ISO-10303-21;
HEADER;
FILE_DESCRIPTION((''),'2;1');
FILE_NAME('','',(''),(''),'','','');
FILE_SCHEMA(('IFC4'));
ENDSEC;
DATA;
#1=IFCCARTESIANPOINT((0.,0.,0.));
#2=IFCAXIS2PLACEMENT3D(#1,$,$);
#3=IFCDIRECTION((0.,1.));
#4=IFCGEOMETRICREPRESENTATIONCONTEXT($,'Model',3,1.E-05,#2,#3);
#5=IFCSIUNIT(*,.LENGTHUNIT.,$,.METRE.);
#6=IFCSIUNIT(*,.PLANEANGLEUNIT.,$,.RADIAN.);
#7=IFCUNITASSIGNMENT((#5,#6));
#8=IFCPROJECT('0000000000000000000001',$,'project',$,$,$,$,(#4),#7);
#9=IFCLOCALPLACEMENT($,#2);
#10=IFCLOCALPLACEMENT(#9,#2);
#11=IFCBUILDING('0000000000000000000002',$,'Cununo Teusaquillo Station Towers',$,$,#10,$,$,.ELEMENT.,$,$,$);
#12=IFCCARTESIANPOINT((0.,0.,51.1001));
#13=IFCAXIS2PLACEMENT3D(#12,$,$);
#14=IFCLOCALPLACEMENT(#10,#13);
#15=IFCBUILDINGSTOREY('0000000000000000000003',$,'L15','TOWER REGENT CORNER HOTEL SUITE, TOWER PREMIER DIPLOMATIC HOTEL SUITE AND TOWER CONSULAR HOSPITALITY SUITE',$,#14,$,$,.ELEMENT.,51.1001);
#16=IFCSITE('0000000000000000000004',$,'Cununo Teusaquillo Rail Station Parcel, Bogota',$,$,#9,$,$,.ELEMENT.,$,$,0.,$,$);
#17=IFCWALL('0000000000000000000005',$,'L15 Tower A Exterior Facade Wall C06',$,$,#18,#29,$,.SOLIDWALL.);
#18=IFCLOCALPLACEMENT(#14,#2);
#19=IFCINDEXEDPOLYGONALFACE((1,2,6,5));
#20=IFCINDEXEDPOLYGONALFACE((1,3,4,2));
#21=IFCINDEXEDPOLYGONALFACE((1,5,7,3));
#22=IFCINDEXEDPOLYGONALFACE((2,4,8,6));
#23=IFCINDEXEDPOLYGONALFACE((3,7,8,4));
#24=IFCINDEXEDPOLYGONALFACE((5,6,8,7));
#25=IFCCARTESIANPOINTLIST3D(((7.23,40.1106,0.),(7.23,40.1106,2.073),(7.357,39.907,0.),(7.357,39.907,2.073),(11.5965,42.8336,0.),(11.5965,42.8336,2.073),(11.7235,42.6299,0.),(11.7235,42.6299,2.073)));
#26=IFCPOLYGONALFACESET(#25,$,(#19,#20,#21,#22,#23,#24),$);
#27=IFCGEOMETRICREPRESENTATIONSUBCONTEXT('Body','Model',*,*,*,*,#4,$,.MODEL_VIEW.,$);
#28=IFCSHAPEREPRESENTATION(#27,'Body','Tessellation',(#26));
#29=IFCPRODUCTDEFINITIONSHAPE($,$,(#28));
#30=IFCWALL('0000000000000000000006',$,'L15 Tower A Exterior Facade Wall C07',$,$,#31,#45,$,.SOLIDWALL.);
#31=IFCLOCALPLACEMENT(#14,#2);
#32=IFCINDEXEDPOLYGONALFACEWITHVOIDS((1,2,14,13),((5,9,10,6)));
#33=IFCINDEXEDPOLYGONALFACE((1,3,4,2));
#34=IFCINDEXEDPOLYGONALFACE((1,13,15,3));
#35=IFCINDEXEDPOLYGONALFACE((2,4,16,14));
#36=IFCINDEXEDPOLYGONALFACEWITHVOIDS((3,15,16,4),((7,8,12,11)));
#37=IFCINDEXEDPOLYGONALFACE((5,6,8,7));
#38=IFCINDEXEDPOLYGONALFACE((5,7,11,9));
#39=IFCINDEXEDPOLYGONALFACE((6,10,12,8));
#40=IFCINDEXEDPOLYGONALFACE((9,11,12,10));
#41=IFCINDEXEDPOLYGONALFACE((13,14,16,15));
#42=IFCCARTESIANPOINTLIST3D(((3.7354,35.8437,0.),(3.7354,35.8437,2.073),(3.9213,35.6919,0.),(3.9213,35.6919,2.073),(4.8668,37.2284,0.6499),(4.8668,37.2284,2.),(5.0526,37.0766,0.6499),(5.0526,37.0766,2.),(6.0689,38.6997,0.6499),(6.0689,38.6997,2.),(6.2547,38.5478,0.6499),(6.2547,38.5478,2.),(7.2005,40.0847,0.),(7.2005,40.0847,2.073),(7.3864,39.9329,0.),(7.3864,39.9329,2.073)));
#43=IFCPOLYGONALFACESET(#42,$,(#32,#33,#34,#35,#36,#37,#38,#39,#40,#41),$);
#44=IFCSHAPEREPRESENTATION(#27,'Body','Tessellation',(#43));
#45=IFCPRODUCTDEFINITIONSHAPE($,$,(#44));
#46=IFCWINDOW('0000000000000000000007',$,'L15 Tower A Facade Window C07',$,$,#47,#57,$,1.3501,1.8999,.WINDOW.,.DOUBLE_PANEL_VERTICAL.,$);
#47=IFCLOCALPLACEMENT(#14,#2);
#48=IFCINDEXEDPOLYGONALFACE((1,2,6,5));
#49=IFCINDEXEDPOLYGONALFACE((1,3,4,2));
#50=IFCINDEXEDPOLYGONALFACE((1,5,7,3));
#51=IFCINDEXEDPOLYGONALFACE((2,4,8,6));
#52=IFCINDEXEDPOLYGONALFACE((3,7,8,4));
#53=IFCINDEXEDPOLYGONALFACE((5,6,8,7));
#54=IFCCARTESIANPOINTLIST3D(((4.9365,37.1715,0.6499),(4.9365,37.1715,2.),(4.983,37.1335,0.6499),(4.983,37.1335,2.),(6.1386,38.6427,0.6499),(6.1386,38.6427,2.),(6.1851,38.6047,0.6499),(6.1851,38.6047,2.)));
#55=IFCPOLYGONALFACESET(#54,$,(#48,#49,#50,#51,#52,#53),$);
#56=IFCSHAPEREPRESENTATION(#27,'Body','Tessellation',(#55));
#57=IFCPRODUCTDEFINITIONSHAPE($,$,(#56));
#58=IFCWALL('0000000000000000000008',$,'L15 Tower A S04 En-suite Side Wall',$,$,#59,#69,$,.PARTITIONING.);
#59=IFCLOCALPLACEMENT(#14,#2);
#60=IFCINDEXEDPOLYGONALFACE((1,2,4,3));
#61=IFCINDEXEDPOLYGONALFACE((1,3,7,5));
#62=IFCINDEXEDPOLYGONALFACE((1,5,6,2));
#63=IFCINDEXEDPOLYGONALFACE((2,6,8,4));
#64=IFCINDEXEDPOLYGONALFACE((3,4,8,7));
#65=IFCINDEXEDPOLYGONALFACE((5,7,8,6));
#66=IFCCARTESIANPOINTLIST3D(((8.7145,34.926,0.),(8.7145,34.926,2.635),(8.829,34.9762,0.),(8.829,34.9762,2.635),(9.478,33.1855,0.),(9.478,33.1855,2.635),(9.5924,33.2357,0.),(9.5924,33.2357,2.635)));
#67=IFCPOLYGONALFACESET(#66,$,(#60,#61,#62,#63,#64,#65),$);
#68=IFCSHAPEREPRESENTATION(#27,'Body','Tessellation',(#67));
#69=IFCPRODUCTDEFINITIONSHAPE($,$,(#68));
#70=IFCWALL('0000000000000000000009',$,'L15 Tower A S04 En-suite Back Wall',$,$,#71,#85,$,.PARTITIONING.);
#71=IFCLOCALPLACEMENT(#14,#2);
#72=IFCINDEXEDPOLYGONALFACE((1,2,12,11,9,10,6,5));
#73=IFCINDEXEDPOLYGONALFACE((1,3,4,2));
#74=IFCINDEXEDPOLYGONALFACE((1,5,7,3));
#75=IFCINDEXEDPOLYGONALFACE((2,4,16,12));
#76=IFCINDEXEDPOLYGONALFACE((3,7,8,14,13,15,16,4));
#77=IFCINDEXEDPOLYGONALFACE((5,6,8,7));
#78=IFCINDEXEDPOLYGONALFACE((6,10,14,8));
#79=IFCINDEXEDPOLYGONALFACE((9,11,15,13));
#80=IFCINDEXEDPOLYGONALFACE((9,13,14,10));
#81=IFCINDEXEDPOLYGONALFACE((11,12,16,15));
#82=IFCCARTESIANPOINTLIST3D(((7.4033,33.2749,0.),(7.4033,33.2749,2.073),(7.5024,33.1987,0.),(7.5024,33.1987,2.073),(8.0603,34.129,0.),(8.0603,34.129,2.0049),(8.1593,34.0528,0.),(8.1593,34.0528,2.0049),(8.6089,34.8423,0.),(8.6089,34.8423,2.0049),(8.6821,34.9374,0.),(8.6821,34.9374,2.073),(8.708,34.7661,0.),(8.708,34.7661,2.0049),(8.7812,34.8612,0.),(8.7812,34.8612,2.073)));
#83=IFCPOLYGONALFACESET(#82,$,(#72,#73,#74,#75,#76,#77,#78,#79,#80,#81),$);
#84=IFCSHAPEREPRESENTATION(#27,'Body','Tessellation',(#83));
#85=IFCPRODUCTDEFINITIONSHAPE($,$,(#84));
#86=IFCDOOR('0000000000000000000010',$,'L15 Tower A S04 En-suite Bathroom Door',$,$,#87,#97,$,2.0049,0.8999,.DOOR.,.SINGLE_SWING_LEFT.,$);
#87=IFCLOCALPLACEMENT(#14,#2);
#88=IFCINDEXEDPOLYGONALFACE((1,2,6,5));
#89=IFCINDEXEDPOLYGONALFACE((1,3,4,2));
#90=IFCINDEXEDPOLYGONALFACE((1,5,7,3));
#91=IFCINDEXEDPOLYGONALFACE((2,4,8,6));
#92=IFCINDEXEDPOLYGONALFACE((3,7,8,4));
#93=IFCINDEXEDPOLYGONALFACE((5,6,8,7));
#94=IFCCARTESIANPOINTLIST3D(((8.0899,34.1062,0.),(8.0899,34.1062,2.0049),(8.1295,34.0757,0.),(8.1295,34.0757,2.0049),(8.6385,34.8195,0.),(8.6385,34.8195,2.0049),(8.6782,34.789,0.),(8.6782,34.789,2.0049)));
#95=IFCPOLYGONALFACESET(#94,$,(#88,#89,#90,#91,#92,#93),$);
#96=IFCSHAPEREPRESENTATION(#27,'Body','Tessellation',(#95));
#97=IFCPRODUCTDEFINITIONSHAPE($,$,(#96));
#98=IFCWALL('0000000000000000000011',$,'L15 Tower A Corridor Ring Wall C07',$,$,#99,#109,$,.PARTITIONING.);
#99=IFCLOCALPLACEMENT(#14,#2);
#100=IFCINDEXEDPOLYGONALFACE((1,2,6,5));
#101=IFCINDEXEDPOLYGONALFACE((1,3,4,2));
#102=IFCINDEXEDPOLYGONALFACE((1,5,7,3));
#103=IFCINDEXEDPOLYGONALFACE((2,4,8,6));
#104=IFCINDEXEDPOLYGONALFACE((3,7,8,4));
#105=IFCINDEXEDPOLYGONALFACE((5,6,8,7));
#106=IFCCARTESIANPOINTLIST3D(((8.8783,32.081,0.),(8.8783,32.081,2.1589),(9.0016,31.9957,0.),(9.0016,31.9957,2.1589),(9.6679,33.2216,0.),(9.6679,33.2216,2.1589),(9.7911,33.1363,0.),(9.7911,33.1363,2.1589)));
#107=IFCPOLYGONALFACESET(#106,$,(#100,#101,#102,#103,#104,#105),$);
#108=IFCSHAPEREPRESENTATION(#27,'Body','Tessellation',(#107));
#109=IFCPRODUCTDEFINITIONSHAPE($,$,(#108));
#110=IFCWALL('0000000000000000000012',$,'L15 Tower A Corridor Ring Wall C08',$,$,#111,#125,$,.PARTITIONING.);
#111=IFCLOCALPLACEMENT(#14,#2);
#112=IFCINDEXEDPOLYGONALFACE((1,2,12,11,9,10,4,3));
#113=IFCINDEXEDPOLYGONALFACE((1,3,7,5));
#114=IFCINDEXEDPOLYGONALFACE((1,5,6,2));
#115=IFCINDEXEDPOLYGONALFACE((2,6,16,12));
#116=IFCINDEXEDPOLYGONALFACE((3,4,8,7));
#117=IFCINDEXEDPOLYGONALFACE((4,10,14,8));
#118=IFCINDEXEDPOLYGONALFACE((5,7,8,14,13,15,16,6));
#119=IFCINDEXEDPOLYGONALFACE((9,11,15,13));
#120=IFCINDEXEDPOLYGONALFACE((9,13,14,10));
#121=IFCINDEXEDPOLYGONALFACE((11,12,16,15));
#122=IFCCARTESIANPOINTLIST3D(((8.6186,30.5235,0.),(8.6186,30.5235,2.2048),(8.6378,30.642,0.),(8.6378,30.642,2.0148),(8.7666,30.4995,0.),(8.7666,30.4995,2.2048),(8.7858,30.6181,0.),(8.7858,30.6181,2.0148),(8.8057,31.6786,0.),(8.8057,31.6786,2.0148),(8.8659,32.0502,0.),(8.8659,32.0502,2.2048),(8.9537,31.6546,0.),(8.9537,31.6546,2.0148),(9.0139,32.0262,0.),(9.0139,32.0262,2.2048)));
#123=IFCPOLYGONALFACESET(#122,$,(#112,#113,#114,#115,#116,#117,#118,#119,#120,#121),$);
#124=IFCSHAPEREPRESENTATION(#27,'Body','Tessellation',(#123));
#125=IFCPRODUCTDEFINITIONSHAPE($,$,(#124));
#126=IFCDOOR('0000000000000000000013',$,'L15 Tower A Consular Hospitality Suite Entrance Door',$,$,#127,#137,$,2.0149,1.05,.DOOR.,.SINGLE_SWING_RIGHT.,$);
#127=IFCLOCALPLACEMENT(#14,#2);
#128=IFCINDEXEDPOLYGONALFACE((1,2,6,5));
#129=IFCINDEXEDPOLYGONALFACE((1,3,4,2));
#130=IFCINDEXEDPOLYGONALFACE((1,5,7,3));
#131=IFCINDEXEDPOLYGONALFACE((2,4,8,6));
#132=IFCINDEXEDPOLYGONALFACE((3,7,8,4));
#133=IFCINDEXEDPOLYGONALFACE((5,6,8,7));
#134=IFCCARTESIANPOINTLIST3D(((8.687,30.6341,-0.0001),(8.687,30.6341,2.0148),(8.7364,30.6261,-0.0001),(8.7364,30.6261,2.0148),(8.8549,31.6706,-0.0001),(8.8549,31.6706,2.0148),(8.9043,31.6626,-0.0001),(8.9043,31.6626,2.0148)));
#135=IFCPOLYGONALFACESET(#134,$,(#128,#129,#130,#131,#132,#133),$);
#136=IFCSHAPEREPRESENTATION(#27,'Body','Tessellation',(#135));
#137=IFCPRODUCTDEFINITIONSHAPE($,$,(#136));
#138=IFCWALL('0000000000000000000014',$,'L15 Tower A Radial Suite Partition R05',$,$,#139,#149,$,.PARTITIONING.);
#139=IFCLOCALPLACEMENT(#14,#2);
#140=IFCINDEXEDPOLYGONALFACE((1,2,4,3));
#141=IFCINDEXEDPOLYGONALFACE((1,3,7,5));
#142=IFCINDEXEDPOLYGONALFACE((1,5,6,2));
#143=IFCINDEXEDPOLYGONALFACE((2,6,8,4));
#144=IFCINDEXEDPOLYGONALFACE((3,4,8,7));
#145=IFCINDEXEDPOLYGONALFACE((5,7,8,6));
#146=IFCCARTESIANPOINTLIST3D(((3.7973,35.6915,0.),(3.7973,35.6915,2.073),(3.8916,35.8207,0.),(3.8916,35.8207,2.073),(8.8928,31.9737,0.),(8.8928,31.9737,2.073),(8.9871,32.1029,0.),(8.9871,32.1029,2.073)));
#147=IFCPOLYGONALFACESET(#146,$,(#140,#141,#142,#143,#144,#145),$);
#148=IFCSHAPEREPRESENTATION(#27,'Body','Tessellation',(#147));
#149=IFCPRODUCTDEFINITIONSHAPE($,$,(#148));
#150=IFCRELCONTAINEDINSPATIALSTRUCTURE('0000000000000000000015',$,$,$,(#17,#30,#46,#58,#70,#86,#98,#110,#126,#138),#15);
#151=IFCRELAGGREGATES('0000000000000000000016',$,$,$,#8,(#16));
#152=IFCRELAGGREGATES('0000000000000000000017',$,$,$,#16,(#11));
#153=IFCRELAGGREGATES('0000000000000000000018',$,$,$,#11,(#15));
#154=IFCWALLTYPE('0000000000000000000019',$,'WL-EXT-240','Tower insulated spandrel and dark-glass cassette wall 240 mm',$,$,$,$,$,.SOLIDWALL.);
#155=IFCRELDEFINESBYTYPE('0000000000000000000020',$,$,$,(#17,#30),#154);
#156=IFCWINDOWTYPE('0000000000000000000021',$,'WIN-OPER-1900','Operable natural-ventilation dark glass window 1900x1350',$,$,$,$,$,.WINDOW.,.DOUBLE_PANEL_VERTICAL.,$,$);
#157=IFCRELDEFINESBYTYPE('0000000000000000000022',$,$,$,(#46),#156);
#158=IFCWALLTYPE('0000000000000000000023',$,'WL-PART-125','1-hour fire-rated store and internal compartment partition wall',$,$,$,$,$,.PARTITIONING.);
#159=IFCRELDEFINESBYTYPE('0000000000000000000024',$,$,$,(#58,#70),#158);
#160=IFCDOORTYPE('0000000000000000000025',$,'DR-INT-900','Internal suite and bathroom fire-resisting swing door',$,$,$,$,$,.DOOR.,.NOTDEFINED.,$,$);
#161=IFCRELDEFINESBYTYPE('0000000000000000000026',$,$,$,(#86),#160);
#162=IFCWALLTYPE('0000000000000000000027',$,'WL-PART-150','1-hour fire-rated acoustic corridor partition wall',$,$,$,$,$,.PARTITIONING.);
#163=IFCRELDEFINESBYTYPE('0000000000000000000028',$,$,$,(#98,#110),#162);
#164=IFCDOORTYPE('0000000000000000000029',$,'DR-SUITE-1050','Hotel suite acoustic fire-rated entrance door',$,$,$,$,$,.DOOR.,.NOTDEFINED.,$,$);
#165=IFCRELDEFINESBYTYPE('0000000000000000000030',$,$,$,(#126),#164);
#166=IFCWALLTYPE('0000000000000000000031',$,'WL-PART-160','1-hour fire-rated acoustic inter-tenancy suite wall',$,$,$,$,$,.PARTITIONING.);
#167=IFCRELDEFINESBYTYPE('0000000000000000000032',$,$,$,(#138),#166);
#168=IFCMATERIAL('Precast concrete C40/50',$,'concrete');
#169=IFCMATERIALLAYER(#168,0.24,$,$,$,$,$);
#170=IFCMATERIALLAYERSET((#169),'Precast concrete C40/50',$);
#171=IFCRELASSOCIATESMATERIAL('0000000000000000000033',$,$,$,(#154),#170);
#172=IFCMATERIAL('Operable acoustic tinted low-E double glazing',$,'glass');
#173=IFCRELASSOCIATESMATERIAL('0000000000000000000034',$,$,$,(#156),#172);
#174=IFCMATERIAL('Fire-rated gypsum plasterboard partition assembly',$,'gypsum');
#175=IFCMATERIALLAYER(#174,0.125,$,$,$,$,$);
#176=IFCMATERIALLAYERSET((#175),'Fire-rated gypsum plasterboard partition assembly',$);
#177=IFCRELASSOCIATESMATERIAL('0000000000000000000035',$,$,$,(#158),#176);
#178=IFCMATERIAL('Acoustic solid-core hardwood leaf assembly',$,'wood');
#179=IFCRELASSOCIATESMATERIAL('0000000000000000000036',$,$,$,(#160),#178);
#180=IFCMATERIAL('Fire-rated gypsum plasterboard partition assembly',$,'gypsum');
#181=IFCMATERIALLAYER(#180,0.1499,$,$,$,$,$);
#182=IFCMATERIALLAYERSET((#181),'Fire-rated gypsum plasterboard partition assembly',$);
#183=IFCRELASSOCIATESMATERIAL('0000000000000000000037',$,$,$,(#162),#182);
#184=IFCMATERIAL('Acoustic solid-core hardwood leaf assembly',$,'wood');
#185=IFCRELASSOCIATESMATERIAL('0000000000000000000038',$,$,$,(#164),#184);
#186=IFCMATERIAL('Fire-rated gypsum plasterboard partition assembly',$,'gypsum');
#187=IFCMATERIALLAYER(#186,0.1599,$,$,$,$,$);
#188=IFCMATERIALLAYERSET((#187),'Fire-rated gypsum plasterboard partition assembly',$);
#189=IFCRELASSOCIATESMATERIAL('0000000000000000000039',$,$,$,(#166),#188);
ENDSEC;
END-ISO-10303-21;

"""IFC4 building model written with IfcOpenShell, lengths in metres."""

from ifc_helpers import new_model, si_unit, direction, frame, frame_2d, origin, place, context, subcontext, project, spatial, rectangle, extrude, source, transform, mapped, material, layer, layer_set, type_object, element, fill, save


model = new_model("IFC4")

# Units and contexts
model_context = context("Model", 3, precision=1e-05, world=origin(), true_north=direction((0.0, 1.0)))
body_context = subcontext(model_context, "Body", "Model", "MODEL_VIEW")
ifc_project = project(units=[si_unit("LENGTHUNIT", "METRE"), si_unit("PLANEANGLEUNIT", "RADIAN")], contexts=[model_context])

# Site, building, storey
site_placement = place(None, origin())
site = spatial("IfcSite", under=ifc_project, at=site_placement, Name="Cununo Teusaquillo Rail Station Parcel, Bogota", CompositionType="ELEMENT", RefElevation=0.0)
building_placement = place(site_placement, origin())
building = spatial("IfcBuilding", under=site, at=building_placement, Name="Cununo Teusaquillo Station Towers", CompositionType="ELEMENT")
storey_placement = place(building_placement, frame((0.0, 0.0, 51.1001)))
storey = spatial("IfcBuildingStorey", under=building, at=storey_placement, Name="L15", Description="TOWER REGENT CORNER HOTEL SUITE, TOWER PREMIER DIPLOMATIC HOTEL SUITE AND TOWER CONSULAR HOSPITALITY SUITE", CompositionType="ELEMENT", Elevation=51.1001)

# Wall
ifc_material_1 = material(Name="Precast concrete C40/50", Category="concrete")
ifc_layer_1 = layer(ifc_material_1, 0.24)
ifc_layer_set_1 = layer_set([ifc_layer_1], Name="Precast concrete C40/50")
wall_type_1 = type_object("IfcWallType", Name="WL-EXT-240", Description="Tower insulated spandrel and dark-glass cassette wall 240 mm", PredefinedType="SOLIDWALL", material=ifc_layer_set_1)
wall_1_placement = place(storey_placement, frame((7.2935, 40.0088, 0.0), z_axis=(0.0, 0.0, 1.0), x_axis=(0.848534, 0.529141, 0.0)))
element("IfcWall", 1, at=wall_1_placement, inside=storey, type_object=wall_type_1, Name="L15 Tower A Exterior Facade Wall C06", PredefinedType="SOLIDWALL", context=body_context, shape_type="SweptSolid", body=[
    extrude(rectangle(XDim=5.146, YDim=0.24, at=frame_2d((2.573, 0.0))), origin(), (0.0, 0.0, 1.0), 2.073),
])

# Wall, opening, window
wall_2_placement = place(storey_placement, frame((3.8284, 35.7678, 0.0), z_axis=(0.0, 0.0, 1.0), x_axis=(0.632713, 0.774386, 0.0)))
wall_2 = element("IfcWall", 2, at=wall_2_placement, inside=storey, type_object=wall_type_1, Name="L15 Tower A Exterior Facade Wall C07", PredefinedType="SOLIDWALL", context=body_context, shape_type="SweptSolid", body=[
    extrude(rectangle(XDim=5.4766, YDim=0.24, at=frame_2d((2.7383, 0.0))), origin(), (0.0, 0.0, 1.0), 2.073),
])
shared_shape_1 = source(origin(), body_context, "Body", "SweptSolid", [
    extrude(rectangle(XDim=1.8999, YDim=1.3501, at=frame_2d((0.95, 0.675))), frame((0.0, 0.1299, 0.0), z_axis=(0.0, -1.0, 0.0), x_axis=(1.0, 0.0, 0.0)), (0.0, 0.0, 1.0), 0.26),
])
opening_1_placement = place(wall_2_placement, frame((1.7881, 0.0, 0.6499)))
opening_1 = element("IfcOpeningElement", 3, at=opening_1_placement, cuts=wall_2, PredefinedType="OPENING", context=body_context, shape_type="MappedRepresentation", body=[
    mapped(shared_shape_1, transform((0.0, 0.0, 0.0), x_axis=(1.0, 0.0, 0.0), y_axis=(0.0, 1.0, 0.0), z_axis=(0.0, 0.0, 1.0), scale=1.0)),
])
ifc_material_2 = material(Name="Operable acoustic tinted low-E double glazing", Category="glass")
window_type = type_object("IfcWindowType", Name="WIN-OPER-1900", Description="Operable natural-ventilation dark glass window 1900x1350", PartitioningType="DOUBLE_PANEL_VERTICAL", PredefinedType="WINDOW", material=ifc_material_2)
shared_shape_2 = source(origin(), body_context, "Body", "SweptSolid", [
    extrude(rectangle(XDim=1.8999, YDim=1.3501, at=frame_2d((0.95, 0.675))), frame((0.0, 0.03, 0.0), z_axis=(0.0, -1.0, 0.0), x_axis=(1.0, 0.0, 0.0)), (0.0, 0.0, 1.0), 0.0601),
])
window_placement = place(opening_1_placement, origin())
window = element("IfcWindow", 4, at=window_placement, inside=storey, type_object=window_type, Name="L15 Tower A Facade Window C07", OverallHeight=1.3501, OverallWidth=1.8999, PartitioningType="DOUBLE_PANEL_VERTICAL", PredefinedType="WINDOW", context=body_context, shape_type="MappedRepresentation", body=[
    mapped(shared_shape_2, transform((0.0, 0.0, 0.0), x_axis=(1.0, 0.0, 0.0), y_axis=(0.0, 1.0, 0.0), z_axis=(0.0, 0.0, 1.0), scale=1.0)),
])
fill(opening_1, window)

# Wall
ifc_material_3 = material(Name="Fire-rated gypsum plasterboard partition assembly", Category="gypsum")
ifc_layer_2 = layer(ifc_material_3, 0.125)
ifc_layer_set_2 = layer_set([ifc_layer_2], Name="Fire-rated gypsum plasterboard partition assembly")
wall_type_2 = type_object("IfcWallType", Name="WL-PART-125", Description="1-hour fire-rated store and internal compartment partition wall", PredefinedType="PARTITIONING", material=ifc_layer_set_2)
wall_3_placement = place(storey_placement, frame((9.5352, 33.2107, 0.0), z_axis=(0.0, 0.0, 1.0), x_axis=(-0.401688, 0.915777, 0.0)))
element("IfcWall", 5, at=wall_3_placement, inside=storey, type_object=wall_type_2, Name="L15 Tower A S04 En-suite Side Wall", PredefinedType="PARTITIONING", context=body_context, shape_type="SweptSolid", body=[
    extrude(rectangle(XDim=1.9006, YDim=0.125, at=frame_2d((0.9502, 0.0))), origin(), (0.0, 0.0, 1.0), 2.635),
])

# Wall, opening, door
wall_4_placement = place(storey_placement, frame((8.7317, 34.8994, 0.0), z_axis=(0.0, 0.0, 1.0), x_axis=(-0.609677, -0.79265, 0.0)))
wall_4 = element("IfcWall", 6, at=wall_4_placement, inside=storey, type_object=wall_type_2, Name="L15 Tower A S04 En-suite Back Wall", PredefinedType="PARTITIONING", context=body_context, shape_type="SweptSolid", body=[
    extrude(rectangle(XDim=2.0974, YDim=0.125, at=frame_2d((1.0488, 0.0))), origin(), (0.0, 0.0, 1.0), 2.073),
])
shared_shape_3 = source(origin(), body_context, "Body", "SweptSolid", [
    extrude(rectangle(XDim=0.8999, YDim=2.0049, at=frame_2d((0.45, 1.0024))), frame((0.0, 0.0725, 0.0), z_axis=(0.0, -1.0, 0.0), x_axis=(1.0, 0.0, 0.0)), (0.0, 0.0, 1.0), 0.145),
])
opening_2_placement = place(wall_4_placement, frame((0.1201, 0.0, 0.0)))
opening_2 = element("IfcOpeningElement", 7, at=opening_2_placement, cuts=wall_4, PredefinedType="OPENING", context=body_context, shape_type="MappedRepresentation", body=[
    mapped(shared_shape_3, transform((0.0, 0.0, 0.0), x_axis=(1.0, 0.0, 0.0), y_axis=(0.0, 1.0, 0.0), z_axis=(0.0, 0.0, 1.0), scale=1.0)),
])
ifc_material_4 = material(Name="Acoustic solid-core hardwood leaf assembly", Category="wood")
door_type_1 = type_object("IfcDoorType", Name="DR-INT-900", Description="Internal suite and bathroom fire-resisting swing door", OperationType="NOTDEFINED", PredefinedType="DOOR", material=ifc_material_4)
shared_shape_4 = source(origin(), body_context, "Body", "SweptSolid", [
    extrude(rectangle(XDim=0.8999, YDim=2.0049, at=frame_2d((0.45, 1.0024))), frame((0.0, 0.0249, 0.0), z_axis=(0.0, -1.0, 0.0), x_axis=(1.0, 0.0, 0.0)), (0.0, 0.0, 1.0), 0.05),
])
door_1_placement = place(opening_2_placement, origin())
door_1 = element("IfcDoor", 8, at=door_1_placement, inside=storey, type_object=door_type_1, Name="L15 Tower A S04 En-suite Bathroom Door", OperationType="SINGLE_SWING_LEFT", OverallHeight=2.0049, OverallWidth=0.8999, PredefinedType="DOOR", context=body_context, shape_type="MappedRepresentation", body=[
    mapped(shared_shape_4, transform((0.0, 0.0, 0.0), x_axis=(1.0, 0.0, 0.0), y_axis=(0.0, 1.0, 0.0), z_axis=(0.0, 0.0, 1.0), scale=1.0)),
])
fill(opening_2, door_1)

# Wall
ifc_material_5 = material(Name="Fire-rated gypsum plasterboard partition assembly", Category="gypsum")
ifc_layer_3 = layer(ifc_material_5, 0.1499)
ifc_layer_set_3 = layer_set([ifc_layer_3], Name="Fire-rated gypsum plasterboard partition assembly")
wall_type_3 = type_object("IfcWallType", Name="WL-PART-150", Description="1-hour fire-rated acoustic corridor partition wall", PredefinedType="PARTITIONING", material=ifc_layer_set_3)
wall_5_placement = place(storey_placement, frame((9.7295, 33.179, 0.0), z_axis=(0.0, 0.0, 1.0), x_axis=(-0.569155, -0.82223, 0.0)))
element("IfcWall", 9, at=wall_5_placement, inside=storey, type_object=wall_type_3, Name="L15 Tower A Corridor Ring Wall C07", PredefinedType="PARTITIONING", context=body_context, shape_type="SweptSolid", body=[
    extrude(rectangle(XDim=1.3872, YDim=0.1499, at=frame_2d((0.6936, 0.0))), origin(), (0.0, 0.0, 1.0), 2.1589),
])

# Wall, opening, door
wall_6_placement = place(storey_placement, frame((8.9399, 32.0383, 0.0), z_axis=(0.0, 0.0, 1.0), x_axis=(-0.159917, -0.98713, 0.0)))
wall_6 = element("IfcWall", 10, at=wall_6_placement, inside=storey, type_object=wall_type_3, Name="L15 Tower A Corridor Ring Wall C08", PredefinedType="PARTITIONING", context=body_context, shape_type="SweptSolid", body=[
    extrude(rectangle(XDim=1.5466, YDim=0.1499, at=frame_2d((0.7734, 0.0))), origin(), (0.0, 0.0, 1.0), 2.2048),
])
shared_shape_5 = source(origin(), body_context, "Body", "SweptSolid", [
    extrude(rectangle(XDim=1.05, YDim=2.0149, at=frame_2d((0.5249, 1.0073))), frame((0.0, 0.085, 0.0), z_axis=(0.0, -1.0, 0.0), x_axis=(1.0, 0.0, 0.0)), (0.0, 0.0, 1.0), 0.1699),
])
opening_3_placement = place(wall_6_placement, frame((0.3767, 0.0, 0.0)))
opening_3 = element("IfcOpeningElement", 11, at=opening_3_placement, cuts=wall_6, PredefinedType="OPENING", context=body_context, shape_type="MappedRepresentation", body=[
    mapped(shared_shape_5, transform((0.0, 0.0, 0.0), x_axis=(1.0, 0.0, 0.0), y_axis=(0.0, 1.0, 0.0), z_axis=(0.0, 0.0, 1.0), scale=1.0)),
])
ifc_material_6 = material(Name="Acoustic solid-core hardwood leaf assembly", Category="wood")
door_type_2 = type_object("IfcDoorType", Name="DR-SUITE-1050", Description="Hotel suite acoustic fire-rated entrance door", OperationType="NOTDEFINED", PredefinedType="DOOR", material=ifc_material_6)
shared_shape_6 = source(origin(), body_context, "Body", "SweptSolid", [
    extrude(rectangle(XDim=1.05, YDim=2.0149, at=frame_2d((0.5249, 1.0073))), frame((0.0, 0.0249, 0.0), z_axis=(0.0, -1.0, 0.0), x_axis=(1.0, 0.0, 0.0)), (0.0, 0.0, 1.0), 0.05),
])
door_2_placement = place(opening_3_placement, origin())
door_2 = element("IfcDoor", 12, at=door_2_placement, inside=storey, type_object=door_type_2, Name="L15 Tower A Consular Hospitality Suite Entrance Door", OperationType="SINGLE_SWING_RIGHT", OverallHeight=2.0149, OverallWidth=1.05, PredefinedType="DOOR", context=body_context, shape_type="MappedRepresentation", body=[
    mapped(shared_shape_6, transform((0.0, 0.0, 0.0), x_axis=(1.0, 0.0, 0.0), y_axis=(0.0, 1.0, 0.0), z_axis=(0.0, 0.0, 1.0), scale=1.0)),
])
fill(opening_3, door_2)

# Wall
ifc_material_7 = material(Name="Fire-rated gypsum plasterboard partition assembly", Category="gypsum")
ifc_layer_4 = layer(ifc_material_7, 0.1599)
ifc_layer_set_4 = layer_set([ifc_layer_4], Name="Fire-rated gypsum plasterboard partition assembly")
wall_type_4 = type_object("IfcWallType", Name="WL-PART-160", Description="1-hour fire-rated acoustic inter-tenancy suite wall", PredefinedType="PARTITIONING", material=ifc_layer_set_4)
wall_7_placement = place(storey_placement, frame((8.9399, 32.0383, 0.0), z_axis=(0.0, 0.0, 1.0), x_axis=(-0.807831, 0.589414, 0.0)))
element("IfcWall", 13, at=wall_7_placement, inside=storey, type_object=wall_type_4, Name="L15 Tower A Radial Suite Partition R05", PredefinedType="PARTITIONING", context=body_context, shape_type="SweptSolid", body=[
    extrude(rectangle(XDim=6.3076, YDim=0.1599, at=frame_2d((3.1538, 0.0))), origin(), (0.0, 0.0, 1.0), 2.073),
])

save(model, "model.ifc")
